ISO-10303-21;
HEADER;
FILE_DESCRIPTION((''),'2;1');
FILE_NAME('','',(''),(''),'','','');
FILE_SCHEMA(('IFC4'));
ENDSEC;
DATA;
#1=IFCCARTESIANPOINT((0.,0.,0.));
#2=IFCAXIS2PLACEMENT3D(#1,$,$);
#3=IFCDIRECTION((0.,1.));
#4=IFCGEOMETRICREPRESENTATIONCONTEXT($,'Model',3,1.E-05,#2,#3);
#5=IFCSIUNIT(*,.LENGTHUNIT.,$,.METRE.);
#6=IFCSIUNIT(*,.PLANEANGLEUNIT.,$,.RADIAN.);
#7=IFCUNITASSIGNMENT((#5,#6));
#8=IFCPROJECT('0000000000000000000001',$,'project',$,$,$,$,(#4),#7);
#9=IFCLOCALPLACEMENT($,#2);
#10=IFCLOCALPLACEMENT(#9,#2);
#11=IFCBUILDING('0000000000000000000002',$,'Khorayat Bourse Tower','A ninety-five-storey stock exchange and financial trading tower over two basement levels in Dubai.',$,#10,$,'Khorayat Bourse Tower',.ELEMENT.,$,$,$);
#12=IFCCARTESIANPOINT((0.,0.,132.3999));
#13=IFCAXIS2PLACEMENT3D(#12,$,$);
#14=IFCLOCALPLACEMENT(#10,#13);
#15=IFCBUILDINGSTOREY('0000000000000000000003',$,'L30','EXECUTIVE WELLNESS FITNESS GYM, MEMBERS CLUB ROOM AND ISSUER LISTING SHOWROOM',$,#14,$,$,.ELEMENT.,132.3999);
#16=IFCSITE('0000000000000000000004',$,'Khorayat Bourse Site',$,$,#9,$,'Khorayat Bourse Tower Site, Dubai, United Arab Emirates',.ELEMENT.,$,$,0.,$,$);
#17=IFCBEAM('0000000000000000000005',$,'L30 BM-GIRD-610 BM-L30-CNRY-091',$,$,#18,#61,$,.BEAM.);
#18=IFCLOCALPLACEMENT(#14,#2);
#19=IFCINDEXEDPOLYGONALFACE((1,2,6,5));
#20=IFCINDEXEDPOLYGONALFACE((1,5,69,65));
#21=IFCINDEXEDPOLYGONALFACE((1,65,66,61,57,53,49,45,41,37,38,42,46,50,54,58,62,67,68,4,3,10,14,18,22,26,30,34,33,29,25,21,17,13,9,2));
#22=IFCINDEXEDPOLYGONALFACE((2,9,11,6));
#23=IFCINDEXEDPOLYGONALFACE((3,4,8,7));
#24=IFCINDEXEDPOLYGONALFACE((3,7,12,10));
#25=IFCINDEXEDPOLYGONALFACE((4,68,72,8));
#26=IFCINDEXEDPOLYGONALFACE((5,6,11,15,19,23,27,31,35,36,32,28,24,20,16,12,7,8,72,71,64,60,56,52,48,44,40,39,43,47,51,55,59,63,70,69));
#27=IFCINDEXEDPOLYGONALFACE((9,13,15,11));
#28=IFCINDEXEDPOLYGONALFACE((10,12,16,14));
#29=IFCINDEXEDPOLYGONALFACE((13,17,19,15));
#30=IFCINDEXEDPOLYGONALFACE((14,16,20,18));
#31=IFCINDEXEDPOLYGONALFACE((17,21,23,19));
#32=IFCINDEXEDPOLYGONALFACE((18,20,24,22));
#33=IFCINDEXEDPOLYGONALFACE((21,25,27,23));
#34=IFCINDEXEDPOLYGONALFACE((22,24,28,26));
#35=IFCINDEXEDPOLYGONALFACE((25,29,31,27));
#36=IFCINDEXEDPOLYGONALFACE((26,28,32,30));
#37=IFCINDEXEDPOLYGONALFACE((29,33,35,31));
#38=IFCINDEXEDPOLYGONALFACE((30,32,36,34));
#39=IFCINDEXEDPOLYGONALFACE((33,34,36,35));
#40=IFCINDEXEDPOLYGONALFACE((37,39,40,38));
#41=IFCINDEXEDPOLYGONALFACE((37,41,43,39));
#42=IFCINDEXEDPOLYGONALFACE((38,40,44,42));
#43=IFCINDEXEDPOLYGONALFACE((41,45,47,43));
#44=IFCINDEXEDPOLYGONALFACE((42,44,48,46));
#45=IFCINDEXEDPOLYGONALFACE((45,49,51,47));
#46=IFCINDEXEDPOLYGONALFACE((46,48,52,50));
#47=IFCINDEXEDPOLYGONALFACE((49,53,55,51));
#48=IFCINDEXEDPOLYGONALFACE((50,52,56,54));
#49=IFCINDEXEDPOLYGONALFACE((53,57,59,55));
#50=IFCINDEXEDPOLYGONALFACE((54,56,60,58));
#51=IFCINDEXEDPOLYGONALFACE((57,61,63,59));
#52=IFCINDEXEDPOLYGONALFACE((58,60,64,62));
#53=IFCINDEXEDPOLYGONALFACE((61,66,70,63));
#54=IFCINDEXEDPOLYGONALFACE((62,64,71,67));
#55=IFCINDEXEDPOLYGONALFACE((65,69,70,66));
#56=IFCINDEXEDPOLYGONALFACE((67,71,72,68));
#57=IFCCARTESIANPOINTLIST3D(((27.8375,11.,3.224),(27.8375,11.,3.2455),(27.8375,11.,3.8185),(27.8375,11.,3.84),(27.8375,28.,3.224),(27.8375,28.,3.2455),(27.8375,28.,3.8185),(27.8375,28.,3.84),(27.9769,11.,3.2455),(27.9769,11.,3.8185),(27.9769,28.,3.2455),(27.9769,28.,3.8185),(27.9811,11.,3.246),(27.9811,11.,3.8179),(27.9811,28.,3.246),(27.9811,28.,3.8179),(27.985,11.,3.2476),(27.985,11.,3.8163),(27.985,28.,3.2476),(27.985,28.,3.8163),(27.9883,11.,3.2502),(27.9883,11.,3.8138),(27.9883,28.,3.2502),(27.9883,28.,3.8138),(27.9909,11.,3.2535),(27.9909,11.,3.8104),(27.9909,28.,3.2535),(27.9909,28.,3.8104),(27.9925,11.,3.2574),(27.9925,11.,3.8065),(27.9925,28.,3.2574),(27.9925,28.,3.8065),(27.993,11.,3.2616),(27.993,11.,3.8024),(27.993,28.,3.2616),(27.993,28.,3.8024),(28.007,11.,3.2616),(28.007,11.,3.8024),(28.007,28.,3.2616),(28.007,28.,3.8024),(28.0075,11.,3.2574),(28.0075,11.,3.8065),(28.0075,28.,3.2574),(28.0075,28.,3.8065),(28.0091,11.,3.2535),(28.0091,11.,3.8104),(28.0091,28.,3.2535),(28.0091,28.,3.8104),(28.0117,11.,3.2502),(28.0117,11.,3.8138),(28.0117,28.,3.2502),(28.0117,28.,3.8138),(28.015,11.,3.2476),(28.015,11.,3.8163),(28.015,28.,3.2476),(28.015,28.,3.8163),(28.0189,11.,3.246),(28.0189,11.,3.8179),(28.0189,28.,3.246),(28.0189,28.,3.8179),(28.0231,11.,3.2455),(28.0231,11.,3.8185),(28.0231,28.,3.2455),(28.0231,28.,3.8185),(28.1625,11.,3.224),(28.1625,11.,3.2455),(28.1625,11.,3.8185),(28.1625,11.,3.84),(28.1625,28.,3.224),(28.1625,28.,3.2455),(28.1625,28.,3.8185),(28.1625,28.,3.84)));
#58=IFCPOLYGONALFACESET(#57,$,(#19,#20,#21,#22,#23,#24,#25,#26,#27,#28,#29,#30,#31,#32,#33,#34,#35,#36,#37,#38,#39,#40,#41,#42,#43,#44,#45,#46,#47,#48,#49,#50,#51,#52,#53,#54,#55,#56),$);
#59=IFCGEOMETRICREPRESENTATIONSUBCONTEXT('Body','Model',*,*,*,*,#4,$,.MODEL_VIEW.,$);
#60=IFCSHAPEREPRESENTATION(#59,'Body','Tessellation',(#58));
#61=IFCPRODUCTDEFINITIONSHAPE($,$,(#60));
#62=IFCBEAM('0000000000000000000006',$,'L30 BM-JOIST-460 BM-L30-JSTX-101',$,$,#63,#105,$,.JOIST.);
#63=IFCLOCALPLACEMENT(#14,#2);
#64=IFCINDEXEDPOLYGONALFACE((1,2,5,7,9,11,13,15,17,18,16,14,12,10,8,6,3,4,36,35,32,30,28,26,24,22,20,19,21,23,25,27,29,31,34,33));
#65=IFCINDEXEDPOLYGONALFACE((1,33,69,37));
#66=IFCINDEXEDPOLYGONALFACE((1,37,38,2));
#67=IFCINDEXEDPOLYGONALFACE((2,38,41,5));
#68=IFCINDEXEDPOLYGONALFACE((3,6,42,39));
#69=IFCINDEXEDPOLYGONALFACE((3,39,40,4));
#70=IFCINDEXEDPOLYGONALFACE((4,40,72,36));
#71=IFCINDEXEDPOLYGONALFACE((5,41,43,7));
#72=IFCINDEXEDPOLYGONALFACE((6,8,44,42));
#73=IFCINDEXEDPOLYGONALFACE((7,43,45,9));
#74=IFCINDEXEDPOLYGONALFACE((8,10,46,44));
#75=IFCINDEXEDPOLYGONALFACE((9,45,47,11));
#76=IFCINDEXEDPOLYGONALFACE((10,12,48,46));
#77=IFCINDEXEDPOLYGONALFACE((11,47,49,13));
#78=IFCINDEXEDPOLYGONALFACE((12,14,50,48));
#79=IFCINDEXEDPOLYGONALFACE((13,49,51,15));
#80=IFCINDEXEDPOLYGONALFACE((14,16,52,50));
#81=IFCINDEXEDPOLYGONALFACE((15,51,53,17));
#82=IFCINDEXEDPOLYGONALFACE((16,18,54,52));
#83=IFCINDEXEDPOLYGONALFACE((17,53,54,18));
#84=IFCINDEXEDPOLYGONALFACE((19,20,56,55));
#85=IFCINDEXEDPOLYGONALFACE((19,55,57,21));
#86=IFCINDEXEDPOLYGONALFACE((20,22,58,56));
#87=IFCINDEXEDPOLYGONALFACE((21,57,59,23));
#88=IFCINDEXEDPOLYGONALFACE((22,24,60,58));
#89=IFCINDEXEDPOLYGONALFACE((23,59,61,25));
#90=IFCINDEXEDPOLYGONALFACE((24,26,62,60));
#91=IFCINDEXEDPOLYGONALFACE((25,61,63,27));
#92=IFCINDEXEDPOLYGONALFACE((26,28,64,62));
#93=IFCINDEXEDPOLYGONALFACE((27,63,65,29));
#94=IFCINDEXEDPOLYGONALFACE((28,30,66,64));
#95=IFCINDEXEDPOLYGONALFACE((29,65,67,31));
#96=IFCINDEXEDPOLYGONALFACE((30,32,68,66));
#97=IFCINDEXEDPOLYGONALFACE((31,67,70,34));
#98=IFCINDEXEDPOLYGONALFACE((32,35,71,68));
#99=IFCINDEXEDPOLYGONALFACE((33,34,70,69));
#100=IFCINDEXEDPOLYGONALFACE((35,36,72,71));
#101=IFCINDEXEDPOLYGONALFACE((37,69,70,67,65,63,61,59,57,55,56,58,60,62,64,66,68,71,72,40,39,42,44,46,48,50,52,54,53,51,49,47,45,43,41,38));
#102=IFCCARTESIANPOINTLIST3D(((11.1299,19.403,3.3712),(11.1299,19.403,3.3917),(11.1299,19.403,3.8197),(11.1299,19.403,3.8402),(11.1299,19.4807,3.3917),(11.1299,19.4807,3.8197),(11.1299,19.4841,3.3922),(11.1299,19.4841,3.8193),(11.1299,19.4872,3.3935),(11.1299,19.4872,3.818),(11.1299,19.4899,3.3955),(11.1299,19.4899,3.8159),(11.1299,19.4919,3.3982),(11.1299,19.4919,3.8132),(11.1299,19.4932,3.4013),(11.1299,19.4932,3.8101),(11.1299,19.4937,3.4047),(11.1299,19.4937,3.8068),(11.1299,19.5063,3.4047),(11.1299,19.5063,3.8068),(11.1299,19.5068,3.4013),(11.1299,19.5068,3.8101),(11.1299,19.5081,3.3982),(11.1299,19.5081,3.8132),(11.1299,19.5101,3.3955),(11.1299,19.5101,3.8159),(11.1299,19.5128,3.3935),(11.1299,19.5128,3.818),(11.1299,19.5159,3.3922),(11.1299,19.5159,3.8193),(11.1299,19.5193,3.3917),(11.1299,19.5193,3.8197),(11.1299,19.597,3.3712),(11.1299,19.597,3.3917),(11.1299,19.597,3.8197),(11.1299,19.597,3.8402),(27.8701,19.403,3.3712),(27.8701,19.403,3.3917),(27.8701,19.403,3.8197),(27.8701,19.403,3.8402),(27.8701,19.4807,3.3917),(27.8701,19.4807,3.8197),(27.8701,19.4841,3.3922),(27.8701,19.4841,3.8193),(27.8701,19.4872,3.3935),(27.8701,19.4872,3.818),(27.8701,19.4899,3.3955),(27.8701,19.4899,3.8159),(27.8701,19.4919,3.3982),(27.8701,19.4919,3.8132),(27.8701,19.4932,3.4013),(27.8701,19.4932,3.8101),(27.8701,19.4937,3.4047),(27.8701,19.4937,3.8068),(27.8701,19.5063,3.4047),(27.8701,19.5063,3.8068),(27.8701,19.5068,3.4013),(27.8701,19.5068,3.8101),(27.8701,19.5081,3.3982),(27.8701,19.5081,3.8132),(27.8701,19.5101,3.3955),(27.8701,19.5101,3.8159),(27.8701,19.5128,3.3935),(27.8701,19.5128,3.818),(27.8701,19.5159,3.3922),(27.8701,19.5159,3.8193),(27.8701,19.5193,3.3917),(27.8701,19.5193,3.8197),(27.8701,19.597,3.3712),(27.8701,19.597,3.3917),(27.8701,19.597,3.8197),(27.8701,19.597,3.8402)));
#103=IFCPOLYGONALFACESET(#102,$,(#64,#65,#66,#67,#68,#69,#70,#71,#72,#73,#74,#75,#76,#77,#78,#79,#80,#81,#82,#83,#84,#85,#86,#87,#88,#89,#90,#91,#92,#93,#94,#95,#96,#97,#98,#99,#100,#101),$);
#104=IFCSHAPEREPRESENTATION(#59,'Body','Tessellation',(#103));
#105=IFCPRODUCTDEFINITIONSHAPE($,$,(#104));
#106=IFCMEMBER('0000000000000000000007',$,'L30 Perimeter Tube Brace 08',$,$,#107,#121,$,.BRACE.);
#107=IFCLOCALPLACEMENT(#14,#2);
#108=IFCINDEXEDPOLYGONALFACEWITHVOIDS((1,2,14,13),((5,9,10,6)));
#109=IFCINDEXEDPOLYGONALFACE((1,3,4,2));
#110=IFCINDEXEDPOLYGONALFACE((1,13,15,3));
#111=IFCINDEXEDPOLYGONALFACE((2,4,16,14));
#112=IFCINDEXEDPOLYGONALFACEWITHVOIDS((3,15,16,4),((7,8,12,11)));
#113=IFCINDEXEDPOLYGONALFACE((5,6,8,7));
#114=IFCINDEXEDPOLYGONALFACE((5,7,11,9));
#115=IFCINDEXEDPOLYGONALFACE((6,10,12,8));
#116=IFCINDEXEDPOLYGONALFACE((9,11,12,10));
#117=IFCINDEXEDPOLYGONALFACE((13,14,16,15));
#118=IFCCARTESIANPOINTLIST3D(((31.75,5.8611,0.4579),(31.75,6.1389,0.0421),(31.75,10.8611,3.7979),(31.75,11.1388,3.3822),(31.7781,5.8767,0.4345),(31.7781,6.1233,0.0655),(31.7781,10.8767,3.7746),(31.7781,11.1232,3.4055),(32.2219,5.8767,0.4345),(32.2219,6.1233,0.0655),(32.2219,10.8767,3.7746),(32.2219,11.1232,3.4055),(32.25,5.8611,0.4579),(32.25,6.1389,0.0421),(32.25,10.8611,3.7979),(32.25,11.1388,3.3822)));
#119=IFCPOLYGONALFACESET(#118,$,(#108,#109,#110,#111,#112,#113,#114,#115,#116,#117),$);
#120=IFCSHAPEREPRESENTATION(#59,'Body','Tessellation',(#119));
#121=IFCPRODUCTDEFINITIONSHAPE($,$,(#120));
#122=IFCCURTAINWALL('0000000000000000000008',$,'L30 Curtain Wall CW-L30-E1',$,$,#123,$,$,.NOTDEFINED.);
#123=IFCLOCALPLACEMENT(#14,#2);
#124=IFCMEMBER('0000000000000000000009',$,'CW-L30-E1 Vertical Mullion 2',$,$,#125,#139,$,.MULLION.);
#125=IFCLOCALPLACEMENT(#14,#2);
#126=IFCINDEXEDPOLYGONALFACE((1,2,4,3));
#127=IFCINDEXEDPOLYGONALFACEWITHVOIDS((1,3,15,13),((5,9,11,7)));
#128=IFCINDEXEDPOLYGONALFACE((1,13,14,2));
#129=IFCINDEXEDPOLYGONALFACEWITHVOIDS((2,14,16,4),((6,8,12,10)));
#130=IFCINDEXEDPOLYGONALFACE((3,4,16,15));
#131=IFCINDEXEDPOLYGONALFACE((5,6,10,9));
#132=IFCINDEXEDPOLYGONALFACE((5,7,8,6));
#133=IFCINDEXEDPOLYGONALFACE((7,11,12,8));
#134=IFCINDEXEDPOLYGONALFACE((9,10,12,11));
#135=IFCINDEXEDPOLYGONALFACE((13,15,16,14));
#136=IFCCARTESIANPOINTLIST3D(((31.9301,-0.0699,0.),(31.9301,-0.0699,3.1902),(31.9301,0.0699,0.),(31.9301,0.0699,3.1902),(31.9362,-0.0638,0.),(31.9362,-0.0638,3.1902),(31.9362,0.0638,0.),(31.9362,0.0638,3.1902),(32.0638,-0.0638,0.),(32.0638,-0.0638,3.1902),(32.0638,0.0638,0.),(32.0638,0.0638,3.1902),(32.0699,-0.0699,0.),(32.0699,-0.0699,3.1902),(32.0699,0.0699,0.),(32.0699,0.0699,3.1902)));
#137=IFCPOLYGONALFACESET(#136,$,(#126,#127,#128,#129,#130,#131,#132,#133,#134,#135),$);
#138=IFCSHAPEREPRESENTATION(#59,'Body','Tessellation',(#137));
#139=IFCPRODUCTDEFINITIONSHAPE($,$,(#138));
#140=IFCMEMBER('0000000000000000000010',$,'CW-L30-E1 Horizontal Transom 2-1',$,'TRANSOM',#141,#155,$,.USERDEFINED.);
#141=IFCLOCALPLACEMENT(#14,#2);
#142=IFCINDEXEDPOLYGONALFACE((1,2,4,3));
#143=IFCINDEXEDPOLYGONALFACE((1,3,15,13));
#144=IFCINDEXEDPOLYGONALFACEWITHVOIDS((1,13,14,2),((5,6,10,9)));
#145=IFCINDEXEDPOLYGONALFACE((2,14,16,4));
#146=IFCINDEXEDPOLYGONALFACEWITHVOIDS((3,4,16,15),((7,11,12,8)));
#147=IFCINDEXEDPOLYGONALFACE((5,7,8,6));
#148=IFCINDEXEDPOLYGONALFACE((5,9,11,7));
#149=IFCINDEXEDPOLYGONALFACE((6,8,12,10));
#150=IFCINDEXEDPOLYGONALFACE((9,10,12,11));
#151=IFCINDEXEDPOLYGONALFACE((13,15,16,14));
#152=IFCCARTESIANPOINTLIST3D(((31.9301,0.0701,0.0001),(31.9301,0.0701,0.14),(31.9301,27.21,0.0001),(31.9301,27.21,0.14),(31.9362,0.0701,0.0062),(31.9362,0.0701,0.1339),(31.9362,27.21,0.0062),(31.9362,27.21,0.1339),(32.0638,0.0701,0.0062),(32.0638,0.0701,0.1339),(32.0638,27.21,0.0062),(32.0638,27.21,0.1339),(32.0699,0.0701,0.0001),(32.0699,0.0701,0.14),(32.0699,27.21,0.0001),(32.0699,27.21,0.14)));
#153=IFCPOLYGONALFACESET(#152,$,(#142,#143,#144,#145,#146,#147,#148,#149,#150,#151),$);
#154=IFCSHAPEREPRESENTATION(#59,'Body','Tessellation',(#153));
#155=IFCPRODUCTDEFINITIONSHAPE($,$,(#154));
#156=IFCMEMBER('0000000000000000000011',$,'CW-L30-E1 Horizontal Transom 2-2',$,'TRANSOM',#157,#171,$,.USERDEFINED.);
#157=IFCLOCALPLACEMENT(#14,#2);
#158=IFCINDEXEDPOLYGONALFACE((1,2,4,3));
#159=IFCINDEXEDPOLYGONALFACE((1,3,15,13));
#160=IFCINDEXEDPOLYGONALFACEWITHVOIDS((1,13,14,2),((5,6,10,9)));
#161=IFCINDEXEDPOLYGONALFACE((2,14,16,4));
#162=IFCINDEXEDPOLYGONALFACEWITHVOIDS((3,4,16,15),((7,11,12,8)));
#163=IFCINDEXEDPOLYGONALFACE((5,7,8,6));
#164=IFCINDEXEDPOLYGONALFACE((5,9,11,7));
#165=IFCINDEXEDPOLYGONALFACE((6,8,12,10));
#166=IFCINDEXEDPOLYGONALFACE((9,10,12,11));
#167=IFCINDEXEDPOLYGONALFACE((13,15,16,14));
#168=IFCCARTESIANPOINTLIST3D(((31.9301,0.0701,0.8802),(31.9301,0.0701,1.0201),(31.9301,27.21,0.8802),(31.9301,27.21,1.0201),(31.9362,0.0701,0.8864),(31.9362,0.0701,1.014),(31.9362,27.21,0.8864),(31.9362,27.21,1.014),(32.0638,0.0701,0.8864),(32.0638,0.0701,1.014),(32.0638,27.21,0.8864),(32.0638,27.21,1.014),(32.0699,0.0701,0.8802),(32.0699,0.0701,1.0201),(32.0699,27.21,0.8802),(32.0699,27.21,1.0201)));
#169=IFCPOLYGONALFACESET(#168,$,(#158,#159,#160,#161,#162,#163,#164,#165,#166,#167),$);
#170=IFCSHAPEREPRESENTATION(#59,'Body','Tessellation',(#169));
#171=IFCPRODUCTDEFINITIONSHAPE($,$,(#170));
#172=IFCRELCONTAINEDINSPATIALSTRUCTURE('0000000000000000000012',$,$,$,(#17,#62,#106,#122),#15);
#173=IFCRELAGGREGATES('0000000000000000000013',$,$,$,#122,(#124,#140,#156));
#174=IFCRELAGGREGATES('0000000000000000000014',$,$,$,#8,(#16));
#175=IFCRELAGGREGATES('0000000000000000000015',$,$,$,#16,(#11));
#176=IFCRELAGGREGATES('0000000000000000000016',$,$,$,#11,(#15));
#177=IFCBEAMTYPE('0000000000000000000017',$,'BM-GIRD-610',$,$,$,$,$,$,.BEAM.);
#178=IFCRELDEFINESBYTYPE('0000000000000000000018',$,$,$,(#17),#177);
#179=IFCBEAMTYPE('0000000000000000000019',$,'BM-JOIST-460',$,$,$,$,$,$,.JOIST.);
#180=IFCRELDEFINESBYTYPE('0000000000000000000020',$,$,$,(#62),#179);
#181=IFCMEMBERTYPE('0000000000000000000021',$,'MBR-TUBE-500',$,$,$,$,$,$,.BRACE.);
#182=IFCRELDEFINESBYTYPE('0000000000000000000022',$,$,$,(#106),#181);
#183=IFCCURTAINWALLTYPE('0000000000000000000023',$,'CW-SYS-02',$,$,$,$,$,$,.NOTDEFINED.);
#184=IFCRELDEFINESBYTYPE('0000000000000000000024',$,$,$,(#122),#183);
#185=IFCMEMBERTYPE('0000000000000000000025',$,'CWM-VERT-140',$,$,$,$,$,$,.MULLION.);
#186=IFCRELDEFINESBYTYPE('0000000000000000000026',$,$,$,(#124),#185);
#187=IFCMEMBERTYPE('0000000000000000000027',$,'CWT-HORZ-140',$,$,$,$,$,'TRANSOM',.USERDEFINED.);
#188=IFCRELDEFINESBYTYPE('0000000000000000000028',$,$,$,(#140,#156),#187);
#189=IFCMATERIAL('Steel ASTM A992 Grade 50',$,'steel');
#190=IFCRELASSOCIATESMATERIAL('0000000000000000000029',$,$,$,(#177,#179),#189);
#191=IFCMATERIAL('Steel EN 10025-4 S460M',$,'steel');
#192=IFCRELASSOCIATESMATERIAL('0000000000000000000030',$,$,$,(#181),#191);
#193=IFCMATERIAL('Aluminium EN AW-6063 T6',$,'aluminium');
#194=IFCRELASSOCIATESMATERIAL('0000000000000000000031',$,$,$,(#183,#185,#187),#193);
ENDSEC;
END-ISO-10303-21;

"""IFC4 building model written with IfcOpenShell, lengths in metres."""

from ifc_helpers import new_model, si_unit, direction, frame, origin, origin_2d, place, context, subcontext, project, spatial, hollow_rectangle, i_section, extrude, source, transform, mapped, material, material_profile, profile_set, type_object, element, aggregate, save


model = new_model("IFC4")

# Units and contexts
model_context = context("Model", 3, precision=1e-05, world=origin(), true_north=direction((0.0, 1.0)))
body_context = subcontext(model_context, "Body", "Model", "MODEL_VIEW")
ifc_project = project(units=[si_unit("LENGTHUNIT", "METRE"), si_unit("PLANEANGLEUNIT", "RADIAN")], contexts=[model_context])

# Site, building, storey
site_placement = place(None, origin())
site = spatial("IfcSite", under=ifc_project, at=site_placement, Name="Khorayat Bourse Site", LongName="Khorayat Bourse Tower Site, Dubai, United Arab Emirates", CompositionType="ELEMENT", RefElevation=0.0)
building_placement = place(site_placement, origin())
building = spatial("IfcBuilding", under=site, at=building_placement, Name="Khorayat Bourse Tower", Description="A ninety-five-storey stock exchange and financial trading tower over two basement levels in Dubai.", LongName="Khorayat Bourse Tower", CompositionType="ELEMENT")
storey_placement = place(building_placement, frame((0.0, 0.0, 132.3999)))
storey = spatial("IfcBuildingStorey", under=building, at=storey_placement, Name="L30", Description="EXECUTIVE WELLNESS FITNESS GYM, MEMBERS CLUB ROOM AND ISSUER LISTING SHOWROOM", CompositionType="ELEMENT", Elevation=132.3999)

# Shared definitions
ifc_material_1 = material(Name="Steel EN 10025-4 S460M", Category="steel")

# Beams
ifc_material_2 = material(Name="Steel ASTM A992 Grade 50", Category="steel")
ifc_material_profile_1 = material_profile(ifc_material_2, i_section(OverallWidth=0.325, OverallDepth=0.616, WebThickness=0.0139, FlangeThickness=0.0215, FilletRadius=0.0161, at=origin_2d()), Name="W610X174")
ifc_profile_set_1 = profile_set([ifc_material_profile_1], Name="Steel ASTM A992 Grade 50")
beam_type_1 = type_object("IfcBeamType", Name="BM-GIRD-610", PredefinedType="BEAM", material=ifc_profile_set_1)
ifc_material_profile_2 = material_profile(ifc_material_2, i_section(OverallWidth=0.1941, OverallDepth=0.469, WebThickness=0.0127, FlangeThickness=0.0205, FilletRadius=0.0129, at=origin_2d()), Name="W460X106")
ifc_profile_set_2 = profile_set([ifc_material_profile_2], Name="Steel ASTM A992 Grade 50")
beam_type_2 = type_object("IfcBeamType", Name="BM-JOIST-460", PredefinedType="JOIST", material=ifc_profile_set_2)
shared_shape_1 = source(origin(), body_context, "Body", "SweptSolid", [
    extrude(i_section(OverallWidth=0.325, OverallDepth=0.616, WebThickness=0.0139, FlangeThickness=0.0215, FilletRadius=0.0161, at=origin_2d()), origin(), (0.0, 0.0, 1.0), 17.0),
])
beam_1_placement = place(storey_placement, frame((28.0, 11.0, 3.532), z_axis=(0.0, 1.0, 0.0), x_axis=(-1.0, 0.0, 0.0)))
element("IfcBeam", 1, at=beam_1_placement, inside=storey, type_object=beam_type_1, Name="L30 BM-GIRD-610 BM-L30-CNRY-091", PredefinedType="BEAM", context=body_context, shape_type="MappedRepresentation", body=[
    mapped(shared_shape_1, transform((0.0, 0.0, 0.0), scale=1.0)),
])
shared_shape_2 = source(origin(), body_context, "Body", "SweptSolid", [
    extrude(i_section(OverallWidth=0.1941, OverallDepth=0.469, WebThickness=0.0127, FlangeThickness=0.0205, FilletRadius=0.0129, at=origin_2d()), origin(), (0.0, 0.0, 1.0), 16.7402),
])
beam_2_placement = place(storey_placement, frame((11.1299, 19.5, 3.6057), z_axis=(1.0, 0.0, 0.0), x_axis=(0.0, 1.0, 0.0)))
element("IfcBeam", 2, at=beam_2_placement, inside=storey, type_object=beam_type_2, Name="L30 BM-JOIST-460 BM-L30-JSTX-101", PredefinedType="JOIST", context=body_context, shape_type="MappedRepresentation", body=[
    mapped(shared_shape_2, transform((0.0, 0.0, 0.0), scale=1.0)),
])

# Member
ifc_material_profile_3 = material_profile(ifc_material_1, hollow_rectangle(XDim=0.5, YDim=0.5, WallThickness=0.0281, at=origin_2d()), Name="HSS 500x500x28")
ifc_profile_set_3 = profile_set([ifc_material_profile_3], Name="Steel EN 10025-4 S460M")
member_type_1 = type_object("IfcMemberType", Name="MBR-TUBE-500", PredefinedType="BRACE", material=ifc_profile_set_3)
shared_shape_3 = source(origin(), body_context, "Body", "SweptSolid", [
    extrude(hollow_rectangle(XDim=0.5, YDim=0.5, WallThickness=0.0281, at=origin_2d()), origin(), (0.0, 0.0, 1.0), 6.0129),
])
member_1_placement = place(storey_placement, frame((32.0, 6.0, 0.25), z_axis=(0.0, 0.831531, 0.555478), x_axis=(-1.0, 0.0, 0.0)))
element("IfcMember", 3, at=member_1_placement, inside=storey, type_object=member_type_1, Name="L30 Perimeter Tube Brace 08", PredefinedType="BRACE", context=body_context, shape_type="MappedRepresentation", body=[
    mapped(shared_shape_3, transform((0.0, 0.0, 0.0), scale=1.0)),
])

# Curtain wall, members
ifc_material_3 = material(Name="Aluminium EN AW-6063 T6", Category="aluminium")
curtain_wall_type = type_object("IfcCurtainWallType", Name="CW-SYS-02", PredefinedType="NOTDEFINED", material=ifc_material_3)
curtain_wall_placement = place(storey_placement, origin())
curtain_wall = element("IfcCurtainWall", 4, at=curtain_wall_placement, inside=storey, type_object=curtain_wall_type, Name="L30 Curtain Wall CW-L30-E1", PredefinedType="NOTDEFINED")
ifc_material_profile_4 = material_profile(ifc_material_3, hollow_rectangle(XDim=0.1399, YDim=0.1399, WallThickness=0.0061, at=origin_2d()), Name="ALU 140x140x6")
ifc_profile_set_4 = profile_set([ifc_material_profile_4], Name="Aluminium EN AW-6063 T6")
member_type_2 = type_object("IfcMemberType", Name="CWM-VERT-140", PredefinedType="MULLION", material=ifc_profile_set_4)
shared_shape_4 = source(origin(), body_context, "Body", "SweptSolid", [
    extrude(hollow_rectangle(XDim=0.1399, YDim=0.1399, WallThickness=0.0061, at=origin_2d()), origin(), (0.0, 0.0, 1.0), 3.1902),
])
member_2_placement = place(storey_placement, frame((32.0, 0.0, 0.0), z_axis=(0.0, 0.0, 1.0), x_axis=(-1.0, 0.0, 0.0)))
member_2 = element("IfcMember", 5, at=member_2_placement, type_object=member_type_2, Name="CW-L30-E1 Vertical Mullion 2", PredefinedType="MULLION", context=body_context, shape_type="MappedRepresentation", body=[
    mapped(shared_shape_4, transform((0.0, 0.0, 0.0), scale=1.0)),
])
ifc_material_profile_5 = material_profile(ifc_material_3, hollow_rectangle(XDim=0.1399, YDim=0.1399, WallThickness=0.0061, at=origin_2d()), Name="ALU 140x140x6")
ifc_profile_set_5 = profile_set([ifc_material_profile_5], Name="Aluminium EN AW-6063 T6")
member_type_3 = type_object("IfcMemberType", Name="CWT-HORZ-140", ElementType="TRANSOM", PredefinedType="USERDEFINED", material=ifc_profile_set_5)
shared_shape_5 = source(origin(), body_context, "Body", "SweptSolid", [
    extrude(hollow_rectangle(XDim=0.1399, YDim=0.1399, WallThickness=0.0061, at=origin_2d()), origin(), (0.0, 0.0, 1.0), 27.1399),
])
member_3_placement = place(storey_placement, frame((32.0, 0.0701, 0.0701), z_axis=(0.0, 1.0, 0.0), x_axis=(-1.0, 0.0, 0.0)))
member_3 = element("IfcMember", 6, at=member_3_placement, type_object=member_type_3, Name="CW-L30-E1 Horizontal Transom 2-1", ObjectType="TRANSOM", PredefinedType="USERDEFINED", context=body_context, shape_type="MappedRepresentation", body=[
    mapped(shared_shape_5, transform((0.0, 0.0, 0.0), scale=1.0)),
])
member_4_placement = place(storey_placement, frame((32.0, 0.0701, 0.9502), z_axis=(0.0, 1.0, 0.0), x_axis=(-1.0, 0.0, 0.0)))
member_4 = element("IfcMember", 7, at=member_4_placement, type_object=member_type_3, Name="CW-L30-E1 Horizontal Transom 2-2", ObjectType="TRANSOM", PredefinedType="USERDEFINED", context=body_context, shape_type="MappedRepresentation", body=[
    mapped(shared_shape_5, transform((0.0, 0.0, 0.0), scale=1.0)),
])

aggregate(curtain_wall, [member_2, member_3, member_4])

save(model, "model.ifc")
